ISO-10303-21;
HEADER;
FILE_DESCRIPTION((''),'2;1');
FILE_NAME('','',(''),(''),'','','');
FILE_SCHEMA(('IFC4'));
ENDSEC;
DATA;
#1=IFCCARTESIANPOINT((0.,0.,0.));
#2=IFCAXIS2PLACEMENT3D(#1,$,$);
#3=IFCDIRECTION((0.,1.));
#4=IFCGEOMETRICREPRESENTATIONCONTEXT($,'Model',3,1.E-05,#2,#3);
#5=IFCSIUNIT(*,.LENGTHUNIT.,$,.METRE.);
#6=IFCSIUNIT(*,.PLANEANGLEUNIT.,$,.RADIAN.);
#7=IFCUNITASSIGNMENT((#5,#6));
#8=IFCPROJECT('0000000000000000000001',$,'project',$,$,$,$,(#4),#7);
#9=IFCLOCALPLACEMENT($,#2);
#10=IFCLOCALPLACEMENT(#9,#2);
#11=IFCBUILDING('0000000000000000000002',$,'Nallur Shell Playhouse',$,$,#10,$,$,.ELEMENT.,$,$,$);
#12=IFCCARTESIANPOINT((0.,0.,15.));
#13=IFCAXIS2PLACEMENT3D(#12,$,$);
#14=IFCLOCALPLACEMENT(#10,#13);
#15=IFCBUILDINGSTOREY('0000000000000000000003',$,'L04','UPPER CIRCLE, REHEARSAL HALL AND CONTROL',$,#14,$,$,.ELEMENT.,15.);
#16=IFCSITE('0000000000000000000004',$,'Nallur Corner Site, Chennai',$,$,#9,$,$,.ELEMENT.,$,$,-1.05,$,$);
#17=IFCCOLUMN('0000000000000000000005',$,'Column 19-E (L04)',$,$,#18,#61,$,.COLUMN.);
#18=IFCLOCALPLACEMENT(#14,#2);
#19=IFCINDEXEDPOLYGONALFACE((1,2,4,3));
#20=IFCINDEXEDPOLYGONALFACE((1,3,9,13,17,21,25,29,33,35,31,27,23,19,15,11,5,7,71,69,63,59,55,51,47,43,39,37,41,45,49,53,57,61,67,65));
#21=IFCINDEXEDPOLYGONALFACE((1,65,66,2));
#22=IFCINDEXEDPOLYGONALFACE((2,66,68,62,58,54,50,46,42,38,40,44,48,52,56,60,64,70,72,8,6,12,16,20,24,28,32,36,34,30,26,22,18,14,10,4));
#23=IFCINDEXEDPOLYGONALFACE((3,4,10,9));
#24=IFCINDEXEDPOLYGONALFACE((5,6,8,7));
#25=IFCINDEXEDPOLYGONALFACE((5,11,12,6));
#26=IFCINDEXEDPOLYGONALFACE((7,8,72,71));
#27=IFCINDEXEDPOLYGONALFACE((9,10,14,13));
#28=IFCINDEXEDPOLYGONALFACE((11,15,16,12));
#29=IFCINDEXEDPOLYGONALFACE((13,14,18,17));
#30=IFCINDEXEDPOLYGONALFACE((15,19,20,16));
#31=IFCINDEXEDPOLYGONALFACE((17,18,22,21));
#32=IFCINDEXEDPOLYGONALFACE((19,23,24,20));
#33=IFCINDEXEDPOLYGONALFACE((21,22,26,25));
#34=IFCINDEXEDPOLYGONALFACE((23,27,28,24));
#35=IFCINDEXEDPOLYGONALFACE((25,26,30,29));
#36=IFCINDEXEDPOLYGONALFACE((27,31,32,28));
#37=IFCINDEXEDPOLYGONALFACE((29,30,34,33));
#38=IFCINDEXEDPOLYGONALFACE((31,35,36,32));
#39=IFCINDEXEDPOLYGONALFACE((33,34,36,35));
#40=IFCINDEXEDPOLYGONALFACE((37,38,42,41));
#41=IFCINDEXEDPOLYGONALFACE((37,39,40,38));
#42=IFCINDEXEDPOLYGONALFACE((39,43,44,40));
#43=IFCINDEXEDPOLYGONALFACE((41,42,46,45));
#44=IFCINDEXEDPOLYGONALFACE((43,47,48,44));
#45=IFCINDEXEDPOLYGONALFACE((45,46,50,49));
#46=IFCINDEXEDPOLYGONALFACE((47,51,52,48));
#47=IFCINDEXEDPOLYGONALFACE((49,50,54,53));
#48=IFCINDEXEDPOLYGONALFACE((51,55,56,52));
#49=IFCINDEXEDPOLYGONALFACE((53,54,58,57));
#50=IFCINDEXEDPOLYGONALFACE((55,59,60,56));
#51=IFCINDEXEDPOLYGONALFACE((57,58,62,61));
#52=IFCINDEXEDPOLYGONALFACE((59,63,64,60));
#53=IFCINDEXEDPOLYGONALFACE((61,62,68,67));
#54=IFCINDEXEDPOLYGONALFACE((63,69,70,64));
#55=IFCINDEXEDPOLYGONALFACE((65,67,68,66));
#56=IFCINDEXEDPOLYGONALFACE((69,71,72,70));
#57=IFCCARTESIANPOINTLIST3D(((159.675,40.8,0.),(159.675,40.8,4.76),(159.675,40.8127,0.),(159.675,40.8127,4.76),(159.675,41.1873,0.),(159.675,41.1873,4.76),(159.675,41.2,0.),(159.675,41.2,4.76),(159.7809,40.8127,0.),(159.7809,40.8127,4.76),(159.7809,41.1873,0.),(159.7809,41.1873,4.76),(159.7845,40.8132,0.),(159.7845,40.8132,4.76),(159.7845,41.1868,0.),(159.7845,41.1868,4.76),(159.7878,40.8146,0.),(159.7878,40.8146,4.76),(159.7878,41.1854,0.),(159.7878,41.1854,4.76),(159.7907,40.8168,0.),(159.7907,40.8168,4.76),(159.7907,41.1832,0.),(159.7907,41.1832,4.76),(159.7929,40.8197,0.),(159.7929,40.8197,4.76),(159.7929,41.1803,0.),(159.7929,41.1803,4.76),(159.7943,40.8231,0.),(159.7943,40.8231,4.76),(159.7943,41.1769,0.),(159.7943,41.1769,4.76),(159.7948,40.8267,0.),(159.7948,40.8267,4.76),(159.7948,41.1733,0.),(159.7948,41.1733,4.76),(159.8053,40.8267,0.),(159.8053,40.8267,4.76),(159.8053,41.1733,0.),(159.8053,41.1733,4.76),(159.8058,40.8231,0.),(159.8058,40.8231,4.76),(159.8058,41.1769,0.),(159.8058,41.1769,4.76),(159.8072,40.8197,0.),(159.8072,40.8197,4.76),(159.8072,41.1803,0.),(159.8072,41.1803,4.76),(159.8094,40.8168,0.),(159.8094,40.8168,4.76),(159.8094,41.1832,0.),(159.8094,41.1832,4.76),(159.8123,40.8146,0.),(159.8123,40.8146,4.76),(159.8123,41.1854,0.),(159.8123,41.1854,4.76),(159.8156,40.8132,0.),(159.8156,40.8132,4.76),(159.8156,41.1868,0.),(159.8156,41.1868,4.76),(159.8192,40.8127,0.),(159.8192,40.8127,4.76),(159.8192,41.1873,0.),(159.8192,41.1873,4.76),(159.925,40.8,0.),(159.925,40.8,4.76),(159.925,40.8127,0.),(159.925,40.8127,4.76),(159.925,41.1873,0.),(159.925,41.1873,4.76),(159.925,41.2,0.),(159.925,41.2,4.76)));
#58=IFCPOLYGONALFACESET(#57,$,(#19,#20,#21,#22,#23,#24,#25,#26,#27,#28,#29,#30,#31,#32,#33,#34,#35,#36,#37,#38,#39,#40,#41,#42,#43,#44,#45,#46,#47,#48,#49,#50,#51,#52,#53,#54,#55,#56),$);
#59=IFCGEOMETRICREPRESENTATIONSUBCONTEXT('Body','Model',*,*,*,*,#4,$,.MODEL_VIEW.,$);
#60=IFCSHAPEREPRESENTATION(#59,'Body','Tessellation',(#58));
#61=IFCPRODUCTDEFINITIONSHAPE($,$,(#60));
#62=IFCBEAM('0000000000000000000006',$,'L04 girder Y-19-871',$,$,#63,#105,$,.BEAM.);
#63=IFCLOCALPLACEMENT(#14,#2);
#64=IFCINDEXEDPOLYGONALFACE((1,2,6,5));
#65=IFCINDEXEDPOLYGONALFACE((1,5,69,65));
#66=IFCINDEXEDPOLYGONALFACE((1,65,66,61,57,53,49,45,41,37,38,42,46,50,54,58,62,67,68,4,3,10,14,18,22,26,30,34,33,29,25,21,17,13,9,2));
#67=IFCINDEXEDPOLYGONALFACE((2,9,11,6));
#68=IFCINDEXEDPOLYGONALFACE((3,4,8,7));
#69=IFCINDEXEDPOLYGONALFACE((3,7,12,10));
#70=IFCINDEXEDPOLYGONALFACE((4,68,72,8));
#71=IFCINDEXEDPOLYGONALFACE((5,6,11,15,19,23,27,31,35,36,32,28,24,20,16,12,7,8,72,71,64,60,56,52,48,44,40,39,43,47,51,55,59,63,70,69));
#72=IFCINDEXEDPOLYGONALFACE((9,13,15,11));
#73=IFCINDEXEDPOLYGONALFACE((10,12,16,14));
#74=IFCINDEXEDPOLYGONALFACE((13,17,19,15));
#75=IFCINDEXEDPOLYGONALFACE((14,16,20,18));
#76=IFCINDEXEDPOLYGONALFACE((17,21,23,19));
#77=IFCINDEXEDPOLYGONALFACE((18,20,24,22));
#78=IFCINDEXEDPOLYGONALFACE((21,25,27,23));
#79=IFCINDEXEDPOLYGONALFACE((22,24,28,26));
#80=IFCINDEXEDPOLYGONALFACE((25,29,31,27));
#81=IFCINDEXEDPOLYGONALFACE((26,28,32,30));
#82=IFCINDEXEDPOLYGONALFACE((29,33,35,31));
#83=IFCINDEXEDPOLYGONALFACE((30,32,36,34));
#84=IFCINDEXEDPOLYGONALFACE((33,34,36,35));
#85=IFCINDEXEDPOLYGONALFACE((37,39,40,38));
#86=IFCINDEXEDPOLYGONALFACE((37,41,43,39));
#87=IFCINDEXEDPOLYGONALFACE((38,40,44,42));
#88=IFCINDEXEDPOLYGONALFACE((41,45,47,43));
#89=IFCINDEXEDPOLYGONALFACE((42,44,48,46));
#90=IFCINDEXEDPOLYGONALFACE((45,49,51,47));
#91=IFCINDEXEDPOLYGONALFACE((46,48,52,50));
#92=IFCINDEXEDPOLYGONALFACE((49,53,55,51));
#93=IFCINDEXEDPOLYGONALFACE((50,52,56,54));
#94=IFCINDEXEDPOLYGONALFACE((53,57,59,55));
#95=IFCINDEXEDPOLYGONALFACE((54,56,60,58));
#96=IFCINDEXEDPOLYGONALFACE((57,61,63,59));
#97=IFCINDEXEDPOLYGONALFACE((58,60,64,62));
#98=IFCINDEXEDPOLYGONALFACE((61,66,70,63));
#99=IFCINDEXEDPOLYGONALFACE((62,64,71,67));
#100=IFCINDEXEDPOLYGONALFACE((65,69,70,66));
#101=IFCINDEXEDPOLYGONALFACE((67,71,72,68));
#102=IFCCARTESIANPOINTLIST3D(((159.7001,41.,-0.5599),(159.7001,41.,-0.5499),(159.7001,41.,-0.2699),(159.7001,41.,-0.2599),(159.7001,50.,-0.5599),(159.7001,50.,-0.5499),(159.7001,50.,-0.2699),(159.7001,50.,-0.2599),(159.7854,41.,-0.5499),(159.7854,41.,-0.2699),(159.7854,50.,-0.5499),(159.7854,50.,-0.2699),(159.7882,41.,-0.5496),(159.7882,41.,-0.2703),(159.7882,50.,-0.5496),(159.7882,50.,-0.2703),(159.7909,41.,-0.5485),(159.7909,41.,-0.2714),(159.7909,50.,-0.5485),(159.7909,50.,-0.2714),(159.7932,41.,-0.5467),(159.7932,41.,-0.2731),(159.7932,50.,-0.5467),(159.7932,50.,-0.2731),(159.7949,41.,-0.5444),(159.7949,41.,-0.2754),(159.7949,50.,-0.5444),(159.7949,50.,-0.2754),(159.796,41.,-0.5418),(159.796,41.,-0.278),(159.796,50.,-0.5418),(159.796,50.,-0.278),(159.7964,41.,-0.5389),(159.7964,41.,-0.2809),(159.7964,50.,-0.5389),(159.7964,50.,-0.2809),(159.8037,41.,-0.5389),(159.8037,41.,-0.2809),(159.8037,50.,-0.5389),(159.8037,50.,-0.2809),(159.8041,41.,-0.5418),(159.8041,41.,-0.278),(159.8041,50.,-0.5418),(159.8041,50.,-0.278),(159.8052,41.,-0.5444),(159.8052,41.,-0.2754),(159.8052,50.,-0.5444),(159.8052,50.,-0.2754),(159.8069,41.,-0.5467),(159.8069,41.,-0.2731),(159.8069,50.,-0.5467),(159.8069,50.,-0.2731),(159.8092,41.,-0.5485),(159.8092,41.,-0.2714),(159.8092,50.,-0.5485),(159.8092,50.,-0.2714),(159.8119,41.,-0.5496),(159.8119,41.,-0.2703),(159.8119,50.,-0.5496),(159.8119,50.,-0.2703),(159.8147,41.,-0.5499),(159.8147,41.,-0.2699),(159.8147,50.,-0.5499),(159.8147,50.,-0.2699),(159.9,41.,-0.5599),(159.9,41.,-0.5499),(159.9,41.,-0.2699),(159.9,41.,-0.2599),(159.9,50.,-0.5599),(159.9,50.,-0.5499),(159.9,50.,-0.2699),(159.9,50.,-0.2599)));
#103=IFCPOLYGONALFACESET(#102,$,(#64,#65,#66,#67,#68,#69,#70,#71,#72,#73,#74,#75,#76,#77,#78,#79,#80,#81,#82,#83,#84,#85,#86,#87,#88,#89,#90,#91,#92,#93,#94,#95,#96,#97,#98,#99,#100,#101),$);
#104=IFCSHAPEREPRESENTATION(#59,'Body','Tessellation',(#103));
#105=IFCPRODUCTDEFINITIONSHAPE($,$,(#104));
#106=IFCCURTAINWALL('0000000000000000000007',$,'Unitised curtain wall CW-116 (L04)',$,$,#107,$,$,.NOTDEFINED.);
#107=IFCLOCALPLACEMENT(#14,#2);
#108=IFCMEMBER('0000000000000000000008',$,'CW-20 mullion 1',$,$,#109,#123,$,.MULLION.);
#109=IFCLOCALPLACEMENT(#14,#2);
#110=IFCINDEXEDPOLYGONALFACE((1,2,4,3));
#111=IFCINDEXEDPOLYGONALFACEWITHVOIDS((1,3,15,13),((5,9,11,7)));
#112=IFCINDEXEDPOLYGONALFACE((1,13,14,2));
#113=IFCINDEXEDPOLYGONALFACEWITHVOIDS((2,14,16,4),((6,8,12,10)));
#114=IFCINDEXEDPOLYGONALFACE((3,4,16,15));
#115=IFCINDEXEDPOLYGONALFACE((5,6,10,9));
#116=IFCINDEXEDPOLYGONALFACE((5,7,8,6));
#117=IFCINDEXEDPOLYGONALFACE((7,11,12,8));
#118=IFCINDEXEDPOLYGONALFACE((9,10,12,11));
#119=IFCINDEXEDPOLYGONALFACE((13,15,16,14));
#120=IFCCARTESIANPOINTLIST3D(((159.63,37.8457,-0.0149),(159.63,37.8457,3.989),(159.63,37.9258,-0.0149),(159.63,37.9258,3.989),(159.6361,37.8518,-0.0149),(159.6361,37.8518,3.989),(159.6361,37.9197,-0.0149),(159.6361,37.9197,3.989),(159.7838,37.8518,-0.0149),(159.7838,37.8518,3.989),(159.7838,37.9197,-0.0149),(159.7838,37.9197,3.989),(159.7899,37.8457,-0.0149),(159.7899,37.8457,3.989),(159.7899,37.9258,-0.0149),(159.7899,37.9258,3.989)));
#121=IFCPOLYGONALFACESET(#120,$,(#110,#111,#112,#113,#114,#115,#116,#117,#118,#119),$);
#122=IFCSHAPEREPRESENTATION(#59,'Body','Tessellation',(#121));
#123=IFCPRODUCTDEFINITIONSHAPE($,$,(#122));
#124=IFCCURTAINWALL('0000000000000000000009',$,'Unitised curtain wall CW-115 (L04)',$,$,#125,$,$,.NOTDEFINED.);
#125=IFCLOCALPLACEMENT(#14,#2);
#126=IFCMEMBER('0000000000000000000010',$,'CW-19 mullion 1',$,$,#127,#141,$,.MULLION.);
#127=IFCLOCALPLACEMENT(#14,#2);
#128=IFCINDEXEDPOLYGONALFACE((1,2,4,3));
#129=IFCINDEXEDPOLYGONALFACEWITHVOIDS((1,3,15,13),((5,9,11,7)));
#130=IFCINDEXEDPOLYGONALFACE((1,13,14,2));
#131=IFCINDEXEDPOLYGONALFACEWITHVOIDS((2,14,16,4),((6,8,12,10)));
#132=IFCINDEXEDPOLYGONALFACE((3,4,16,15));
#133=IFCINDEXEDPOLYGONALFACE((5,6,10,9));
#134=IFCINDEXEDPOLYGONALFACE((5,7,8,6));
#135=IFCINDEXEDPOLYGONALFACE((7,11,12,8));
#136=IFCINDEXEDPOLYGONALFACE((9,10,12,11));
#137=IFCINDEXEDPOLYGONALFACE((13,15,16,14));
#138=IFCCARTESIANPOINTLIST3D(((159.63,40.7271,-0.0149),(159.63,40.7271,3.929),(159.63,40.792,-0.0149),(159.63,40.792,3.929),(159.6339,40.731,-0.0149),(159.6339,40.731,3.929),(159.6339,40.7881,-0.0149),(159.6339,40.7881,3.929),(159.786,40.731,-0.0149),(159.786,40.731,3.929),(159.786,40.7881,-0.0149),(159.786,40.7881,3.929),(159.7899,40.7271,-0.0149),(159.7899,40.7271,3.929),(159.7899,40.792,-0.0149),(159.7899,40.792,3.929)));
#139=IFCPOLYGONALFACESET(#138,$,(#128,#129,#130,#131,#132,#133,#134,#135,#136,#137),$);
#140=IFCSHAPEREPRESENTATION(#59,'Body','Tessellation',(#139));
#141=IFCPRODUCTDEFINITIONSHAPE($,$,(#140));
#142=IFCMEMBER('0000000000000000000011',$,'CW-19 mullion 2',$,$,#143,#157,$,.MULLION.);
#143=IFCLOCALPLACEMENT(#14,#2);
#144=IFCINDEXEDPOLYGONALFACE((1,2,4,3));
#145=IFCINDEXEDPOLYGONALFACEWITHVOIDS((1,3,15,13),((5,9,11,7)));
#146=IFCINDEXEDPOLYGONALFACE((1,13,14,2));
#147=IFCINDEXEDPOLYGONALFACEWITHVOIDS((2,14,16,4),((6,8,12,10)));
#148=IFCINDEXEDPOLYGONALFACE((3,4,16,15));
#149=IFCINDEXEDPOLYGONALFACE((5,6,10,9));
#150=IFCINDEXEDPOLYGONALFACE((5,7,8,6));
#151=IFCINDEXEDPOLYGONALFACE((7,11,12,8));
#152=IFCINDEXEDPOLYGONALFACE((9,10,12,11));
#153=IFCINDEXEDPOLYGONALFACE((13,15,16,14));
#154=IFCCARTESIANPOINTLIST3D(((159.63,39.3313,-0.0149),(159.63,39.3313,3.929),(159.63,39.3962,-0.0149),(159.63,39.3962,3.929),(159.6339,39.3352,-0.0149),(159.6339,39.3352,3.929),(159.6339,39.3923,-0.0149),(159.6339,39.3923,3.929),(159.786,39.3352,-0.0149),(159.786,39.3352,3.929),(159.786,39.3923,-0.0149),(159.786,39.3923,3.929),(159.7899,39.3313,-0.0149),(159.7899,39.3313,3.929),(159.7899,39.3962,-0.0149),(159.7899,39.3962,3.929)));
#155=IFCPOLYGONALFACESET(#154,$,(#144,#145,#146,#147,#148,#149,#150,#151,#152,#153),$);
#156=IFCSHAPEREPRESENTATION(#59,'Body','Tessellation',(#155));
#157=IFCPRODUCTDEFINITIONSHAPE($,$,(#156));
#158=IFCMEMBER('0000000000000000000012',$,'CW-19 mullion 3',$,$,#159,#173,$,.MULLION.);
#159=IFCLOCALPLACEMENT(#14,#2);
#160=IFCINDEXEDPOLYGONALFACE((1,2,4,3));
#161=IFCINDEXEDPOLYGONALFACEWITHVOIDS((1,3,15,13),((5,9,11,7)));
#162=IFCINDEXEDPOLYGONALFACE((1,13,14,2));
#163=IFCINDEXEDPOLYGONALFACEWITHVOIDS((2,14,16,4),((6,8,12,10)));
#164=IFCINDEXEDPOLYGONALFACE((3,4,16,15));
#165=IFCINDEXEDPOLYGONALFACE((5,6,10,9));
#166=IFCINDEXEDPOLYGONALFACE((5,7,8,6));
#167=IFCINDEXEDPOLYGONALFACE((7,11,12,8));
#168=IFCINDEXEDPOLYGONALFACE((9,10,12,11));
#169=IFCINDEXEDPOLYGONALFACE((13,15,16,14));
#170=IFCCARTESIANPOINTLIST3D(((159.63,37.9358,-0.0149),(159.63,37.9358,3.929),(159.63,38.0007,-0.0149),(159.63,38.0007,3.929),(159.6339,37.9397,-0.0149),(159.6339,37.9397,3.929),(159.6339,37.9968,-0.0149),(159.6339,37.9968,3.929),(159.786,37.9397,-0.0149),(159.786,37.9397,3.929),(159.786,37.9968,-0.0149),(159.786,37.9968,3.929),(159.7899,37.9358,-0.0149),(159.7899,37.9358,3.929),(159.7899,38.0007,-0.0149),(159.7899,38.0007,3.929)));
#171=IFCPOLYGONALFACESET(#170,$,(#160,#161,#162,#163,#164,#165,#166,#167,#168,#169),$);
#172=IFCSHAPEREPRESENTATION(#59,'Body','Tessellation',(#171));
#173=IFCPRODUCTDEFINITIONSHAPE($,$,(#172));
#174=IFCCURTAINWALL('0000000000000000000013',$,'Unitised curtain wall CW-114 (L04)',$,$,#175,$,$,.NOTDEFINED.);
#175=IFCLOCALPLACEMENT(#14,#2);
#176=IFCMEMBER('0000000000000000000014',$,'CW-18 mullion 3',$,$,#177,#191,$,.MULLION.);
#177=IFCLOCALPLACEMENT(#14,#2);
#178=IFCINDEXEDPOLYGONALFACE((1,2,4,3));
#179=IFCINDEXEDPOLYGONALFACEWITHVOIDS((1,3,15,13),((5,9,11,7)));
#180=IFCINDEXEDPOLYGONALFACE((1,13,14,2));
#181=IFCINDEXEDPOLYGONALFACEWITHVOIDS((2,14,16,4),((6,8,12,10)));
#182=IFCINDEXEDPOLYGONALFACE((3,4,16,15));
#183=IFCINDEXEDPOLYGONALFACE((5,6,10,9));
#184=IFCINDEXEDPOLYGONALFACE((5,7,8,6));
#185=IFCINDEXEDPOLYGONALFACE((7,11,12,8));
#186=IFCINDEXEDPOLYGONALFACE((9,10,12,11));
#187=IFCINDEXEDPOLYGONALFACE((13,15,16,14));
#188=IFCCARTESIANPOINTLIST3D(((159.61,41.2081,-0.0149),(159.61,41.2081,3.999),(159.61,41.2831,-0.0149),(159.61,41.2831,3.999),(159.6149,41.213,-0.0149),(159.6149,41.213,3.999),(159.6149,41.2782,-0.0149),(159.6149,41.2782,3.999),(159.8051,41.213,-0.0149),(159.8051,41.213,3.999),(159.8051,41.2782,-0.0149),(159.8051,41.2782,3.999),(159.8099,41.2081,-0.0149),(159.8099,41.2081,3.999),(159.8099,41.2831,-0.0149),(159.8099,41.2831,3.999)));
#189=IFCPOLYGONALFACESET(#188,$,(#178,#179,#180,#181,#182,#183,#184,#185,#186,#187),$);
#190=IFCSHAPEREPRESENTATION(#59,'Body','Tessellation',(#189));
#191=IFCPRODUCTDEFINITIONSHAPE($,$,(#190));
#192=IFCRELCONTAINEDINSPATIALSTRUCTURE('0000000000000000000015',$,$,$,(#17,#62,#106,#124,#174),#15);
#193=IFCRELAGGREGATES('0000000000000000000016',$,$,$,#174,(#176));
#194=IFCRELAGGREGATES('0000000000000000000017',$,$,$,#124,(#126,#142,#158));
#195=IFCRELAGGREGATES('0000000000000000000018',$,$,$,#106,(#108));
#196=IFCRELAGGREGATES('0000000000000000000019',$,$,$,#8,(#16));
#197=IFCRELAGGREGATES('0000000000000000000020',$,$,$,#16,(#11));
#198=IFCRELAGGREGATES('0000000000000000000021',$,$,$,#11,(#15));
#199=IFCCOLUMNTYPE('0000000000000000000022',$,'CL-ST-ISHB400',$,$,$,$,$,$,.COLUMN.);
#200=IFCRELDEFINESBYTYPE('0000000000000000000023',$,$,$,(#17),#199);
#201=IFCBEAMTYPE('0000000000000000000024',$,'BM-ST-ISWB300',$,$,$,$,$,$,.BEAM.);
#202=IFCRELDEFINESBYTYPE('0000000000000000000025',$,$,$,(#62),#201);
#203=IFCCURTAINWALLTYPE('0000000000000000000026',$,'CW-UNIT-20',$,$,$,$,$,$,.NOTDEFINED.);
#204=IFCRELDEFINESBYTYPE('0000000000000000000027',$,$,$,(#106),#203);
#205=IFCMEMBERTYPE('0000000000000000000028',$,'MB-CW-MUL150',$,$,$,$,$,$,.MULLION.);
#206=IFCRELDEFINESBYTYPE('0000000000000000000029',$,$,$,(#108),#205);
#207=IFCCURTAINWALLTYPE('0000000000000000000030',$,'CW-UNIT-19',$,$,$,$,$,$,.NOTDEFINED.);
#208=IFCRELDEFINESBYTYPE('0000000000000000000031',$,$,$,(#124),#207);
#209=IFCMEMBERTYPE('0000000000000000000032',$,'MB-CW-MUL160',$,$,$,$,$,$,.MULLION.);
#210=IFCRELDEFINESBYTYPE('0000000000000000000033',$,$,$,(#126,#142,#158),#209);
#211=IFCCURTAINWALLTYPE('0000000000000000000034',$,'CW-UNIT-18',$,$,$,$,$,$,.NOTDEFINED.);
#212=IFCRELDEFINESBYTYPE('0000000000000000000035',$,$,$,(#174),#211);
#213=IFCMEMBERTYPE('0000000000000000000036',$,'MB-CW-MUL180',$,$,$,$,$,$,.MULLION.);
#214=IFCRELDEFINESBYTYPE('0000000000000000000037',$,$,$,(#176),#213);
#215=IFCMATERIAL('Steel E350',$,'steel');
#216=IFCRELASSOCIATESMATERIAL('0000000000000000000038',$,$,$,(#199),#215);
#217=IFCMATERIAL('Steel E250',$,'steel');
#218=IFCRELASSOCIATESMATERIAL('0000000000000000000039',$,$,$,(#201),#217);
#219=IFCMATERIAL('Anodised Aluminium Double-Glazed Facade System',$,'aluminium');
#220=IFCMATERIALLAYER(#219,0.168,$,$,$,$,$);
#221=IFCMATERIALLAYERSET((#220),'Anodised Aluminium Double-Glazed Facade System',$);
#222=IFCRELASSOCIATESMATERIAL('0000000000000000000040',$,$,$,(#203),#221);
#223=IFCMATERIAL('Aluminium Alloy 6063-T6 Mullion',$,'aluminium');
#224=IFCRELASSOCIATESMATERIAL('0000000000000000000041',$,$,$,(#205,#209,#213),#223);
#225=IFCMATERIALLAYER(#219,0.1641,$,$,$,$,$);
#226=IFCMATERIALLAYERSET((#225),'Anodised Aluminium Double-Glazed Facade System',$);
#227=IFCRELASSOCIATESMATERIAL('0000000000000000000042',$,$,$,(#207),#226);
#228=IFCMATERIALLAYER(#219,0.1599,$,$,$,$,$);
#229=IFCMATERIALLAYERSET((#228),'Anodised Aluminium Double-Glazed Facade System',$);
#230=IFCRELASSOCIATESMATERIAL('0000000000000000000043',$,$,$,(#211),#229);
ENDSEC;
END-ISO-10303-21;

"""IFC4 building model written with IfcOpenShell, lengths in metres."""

from ifc_helpers import new_model, si_unit, direction, frame, origin, origin_2d, place, context, subcontext, project, spatial, hollow_rectangle, i_section, extrude, material, layer, layer_set, material_profile, profile_set, type_object, element, aggregate, save


model = new_model("IFC4")

# Units and contexts
model_context = context("Model", 3, precision=1e-05, world=origin(), true_north=direction((0.0, 1.0)))
body_context = subcontext(model_context, "Body", "Model", "MODEL_VIEW")
ifc_project = project(units=[si_unit("LENGTHUNIT", "METRE"), si_unit("PLANEANGLEUNIT", "RADIAN")], contexts=[model_context])

# Site, building, storey
site_placement = place(None, origin())
site = spatial("IfcSite", under=ifc_project, at=site_placement, Name="Nallur Corner Site, Chennai", CompositionType="ELEMENT", RefElevation=-1.05)
building_placement = place(site_placement, origin())
building = spatial("IfcBuilding", under=site, at=building_placement, Name="Nallur Shell Playhouse", CompositionType="ELEMENT")
storey_placement = place(building_placement, frame((0.0, 0.0, 15.0)))
storey = spatial("IfcBuildingStorey", under=building, at=storey_placement, Name="L04", Description="UPPER CIRCLE, REHEARSAL HALL AND CONTROL", CompositionType="ELEMENT", Elevation=15.0)

# Column
ifc_material_1 = material(Name="Steel E350", Category="steel")
ifc_material_profile_1 = material_profile(ifc_material_1, i_section(OverallWidth=0.25, OverallDepth=0.3999, WebThickness=0.0105, FlangeThickness=0.0127, FilletRadius=0.0139, at=origin_2d()), Name="ISHB 400")
ifc_profile_set_1 = profile_set([ifc_material_profile_1], Name="Steel E350")
column_type = type_object("IfcColumnType", Name="CL-ST-ISHB400", PredefinedType="COLUMN", material=ifc_profile_set_1)
column_placement = place(storey_placement, frame((159.8, 41.0, 0.0), z_axis=(0.0, 0.0, 1.0), x_axis=(1.0, 0.0, 0.0)))
element("IfcColumn", 1, at=column_placement, inside=storey, type_object=column_type, Name="Column 19-E (L04)", PredefinedType="COLUMN", context=body_context, shape_type="SweptSolid", body=[
    extrude(i_section(OverallWidth=0.25, OverallDepth=0.3999, WebThickness=0.0105, FlangeThickness=0.0127, FilletRadius=0.0139, at=origin_2d()), origin(), (0.0, 0.0, 1.0), 4.76),
])

# Beam
ifc_material_2 = material(Name="Steel E250", Category="steel")
ifc_material_profile_2 = material_profile(ifc_material_2, i_section(OverallWidth=0.2, OverallDepth=0.3, WebThickness=0.0073, FlangeThickness=0.01, FilletRadius=0.011, at=origin_2d()), Name="ISWB 300")
ifc_profile_set_2 = profile_set([ifc_material_profile_2], Name="Steel E250")
beam_type = type_object("IfcBeamType", Name="BM-ST-ISWB300", PredefinedType="BEAM", material=ifc_profile_set_2)
beam_placement = place(storey_placement, frame((159.8, 41.0, -0.4099), z_axis=(0.0, 1.0, 0.0), x_axis=(-1.0, 0.0, 0.0)))
element("IfcBeam", 2, at=beam_placement, inside=storey, type_object=beam_type, Name="L04 girder Y-19-871", PredefinedType="BEAM", context=body_context, shape_type="SweptSolid", body=[
    extrude(i_section(OverallWidth=0.2, OverallDepth=0.3, WebThickness=0.0073, FlangeThickness=0.01, FilletRadius=0.011, at=origin_2d()), origin(), (0.0, 0.0, 1.0), 9.0),
])

# Curtain wall, member
ifc_material_3 = material(Name="Anodised Aluminium Double-Glazed Facade System", Category="aluminium")
ifc_layer_1 = layer(ifc_material_3, 0.168)
ifc_layer_set_1 = layer_set([ifc_layer_1], Name="Anodised Aluminium Double-Glazed Facade System")
curtain_wall_type_1 = type_object("IfcCurtainWallType", Name="CW-UNIT-20", PredefinedType="NOTDEFINED", material=ifc_layer_set_1)
curtain_wall_1_placement = place(storey_placement, origin())
curtain_wall_1 = element("IfcCurtainWall", 3, at=curtain_wall_1_placement, inside=storey, type_object=curtain_wall_type_1, Name="Unitised curtain wall CW-116 (L04)", PredefinedType="NOTDEFINED")
ifc_material_4 = material(Name="Aluminium Alloy 6063-T6 Mullion", Category="aluminium")
ifc_material_profile_3 = material_profile(ifc_material_4, hollow_rectangle(XDim=0.0801, YDim=0.1599, WallThickness=0.0061, at=origin_2d()), Name="RHS 160x80x6")
ifc_profile_set_3 = profile_set([ifc_material_profile_3], Name="Aluminium Alloy 6063-T6 Mullion")
member_type_1 = type_object("IfcMemberType", Name="MB-CW-MUL150", PredefinedType="MULLION", material=ifc_profile_set_3)
member_1_placement = place(storey_placement, frame((159.71, 37.8857, -0.0149), z_axis=(0.0, 0.0, 1.0), x_axis=(0.0, -1.0, 0.0)))
member_1 = element("IfcMember", 4, at=member_1_placement, type_object=member_type_1, Name="CW-20 mullion 1", PredefinedType="MULLION", context=body_context, shape_type="SweptSolid", body=[
    extrude(hollow_rectangle(XDim=0.0801, YDim=0.1599, WallThickness=0.0061, at=origin_2d()), origin(), (0.0, 0.0, 1.0), 4.0039),
])

# Curtain wall, members
ifc_layer_2 = layer(ifc_material_3, 0.1641)
ifc_layer_set_2 = layer_set([ifc_layer_2], Name="Anodised Aluminium Double-Glazed Facade System")
curtain_wall_type_2 = type_object("IfcCurtainWallType", Name="CW-UNIT-19", PredefinedType="NOTDEFINED", material=ifc_layer_set_2)
curtain_wall_2_placement = place(storey_placement, origin())
curtain_wall_2 = element("IfcCurtainWall", 5, at=curtain_wall_2_placement, inside=storey, type_object=curtain_wall_type_2, Name="Unitised curtain wall CW-115 (L04)", PredefinedType="NOTDEFINED")
ifc_material_profile_4 = material_profile(ifc_material_4, hollow_rectangle(XDim=0.0649, YDim=0.1599, WallThickness=0.0039, at=origin_2d()), Name="ALU 65x160x4")
ifc_profile_set_4 = profile_set([ifc_material_profile_4], Name="Aluminium Alloy 6063-T6 Mullion")
member_type_2 = type_object("IfcMemberType", Name="MB-CW-MUL160", PredefinedType="MULLION", material=ifc_profile_set_4)
member_2_placement = place(storey_placement, frame((159.71, 40.7595, -0.0149), z_axis=(0.0, 0.0, 1.0), x_axis=(0.0, -1.0, 0.0)))
member_2 = element("IfcMember", 6, at=member_2_placement, type_object=member_type_2, Name="CW-19 mullion 1", PredefinedType="MULLION", context=body_context, shape_type="SweptSolid", body=[
    extrude(hollow_rectangle(XDim=0.0649, YDim=0.1599, WallThickness=0.0039, at=origin_2d()), origin(), (0.0, 0.0, 1.0), 3.9438),
])
member_3_placement = place(storey_placement, frame((159.71, 39.3638, -0.0149), z_axis=(0.0, 0.0, 1.0), x_axis=(0.0, -1.0, 0.0)))
member_3 = element("IfcMember", 7, at=member_3_placement, type_object=member_type_2, Name="CW-19 mullion 2", PredefinedType="MULLION", context=body_context, shape_type="SweptSolid", body=[
    extrude(hollow_rectangle(XDim=0.0649, YDim=0.1599, WallThickness=0.0039, at=origin_2d()), origin(), (0.0, 0.0, 1.0), 3.9438),
])
member_4_placement = place(storey_placement, frame((159.71, 37.9683, -0.0149), z_axis=(0.0, 0.0, 1.0), x_axis=(0.0, -1.0, 0.0)))
member_4 = element("IfcMember", 8, at=member_4_placement, type_object=member_type_2, Name="CW-19 mullion 3", PredefinedType="MULLION", context=body_context, shape_type="SweptSolid", body=[
    extrude(hollow_rectangle(XDim=0.0649, YDim=0.1599, WallThickness=0.0039, at=origin_2d()), origin(), (0.0, 0.0, 1.0), 3.9438),
])

# Curtain wall, member
ifc_layer_3 = layer(ifc_material_3, 0.1599)
ifc_layer_set_3 = layer_set([ifc_layer_3], Name="Anodised Aluminium Double-Glazed Facade System")
curtain_wall_type_3 = type_object("IfcCurtainWallType", Name="CW-UNIT-18", PredefinedType="NOTDEFINED", material=ifc_layer_set_3)
curtain_wall_3_placement = place(storey_placement, origin())
curtain_wall_3 = element("IfcCurtainWall", 9, at=curtain_wall_3_placement, inside=storey, type_object=curtain_wall_type_3, Name="Unitised curtain wall CW-114 (L04)", PredefinedType="NOTDEFINED")
ifc_material_profile_5 = material_profile(ifc_material_4, hollow_rectangle(XDim=0.075, YDim=0.2, WallThickness=0.0049, at=origin_2d()), Name="ALU 75x200x5")
ifc_profile_set_5 = profile_set([ifc_material_profile_5], Name="Aluminium Alloy 6063-T6 Mullion")
member_type_3 = type_object("IfcMemberType", Name="MB-CW-MUL180", PredefinedType="MULLION", material=ifc_profile_set_5)
member_5_placement = place(storey_placement, frame((159.71, 41.2456, -0.0149), z_axis=(0.0, 0.0, 1.0), x_axis=(0.0, -1.0, 0.0)))
member_5 = element("IfcMember", 10, at=member_5_placement, type_object=member_type_3, Name="CW-18 mullion 3", PredefinedType="MULLION", context=body_context, shape_type="SweptSolid", body=[
    extrude(hollow_rectangle(XDim=0.075, YDim=0.2, WallThickness=0.0049, at=origin_2d()), origin(), (0.0, 0.0, 1.0), 4.0139),
])

aggregate(curtain_wall_3, [member_5])
aggregate(curtain_wall_2, [member_2, member_3, member_4])
aggregate(curtain_wall_1, [member_1])

save(model, "model.ifc")
